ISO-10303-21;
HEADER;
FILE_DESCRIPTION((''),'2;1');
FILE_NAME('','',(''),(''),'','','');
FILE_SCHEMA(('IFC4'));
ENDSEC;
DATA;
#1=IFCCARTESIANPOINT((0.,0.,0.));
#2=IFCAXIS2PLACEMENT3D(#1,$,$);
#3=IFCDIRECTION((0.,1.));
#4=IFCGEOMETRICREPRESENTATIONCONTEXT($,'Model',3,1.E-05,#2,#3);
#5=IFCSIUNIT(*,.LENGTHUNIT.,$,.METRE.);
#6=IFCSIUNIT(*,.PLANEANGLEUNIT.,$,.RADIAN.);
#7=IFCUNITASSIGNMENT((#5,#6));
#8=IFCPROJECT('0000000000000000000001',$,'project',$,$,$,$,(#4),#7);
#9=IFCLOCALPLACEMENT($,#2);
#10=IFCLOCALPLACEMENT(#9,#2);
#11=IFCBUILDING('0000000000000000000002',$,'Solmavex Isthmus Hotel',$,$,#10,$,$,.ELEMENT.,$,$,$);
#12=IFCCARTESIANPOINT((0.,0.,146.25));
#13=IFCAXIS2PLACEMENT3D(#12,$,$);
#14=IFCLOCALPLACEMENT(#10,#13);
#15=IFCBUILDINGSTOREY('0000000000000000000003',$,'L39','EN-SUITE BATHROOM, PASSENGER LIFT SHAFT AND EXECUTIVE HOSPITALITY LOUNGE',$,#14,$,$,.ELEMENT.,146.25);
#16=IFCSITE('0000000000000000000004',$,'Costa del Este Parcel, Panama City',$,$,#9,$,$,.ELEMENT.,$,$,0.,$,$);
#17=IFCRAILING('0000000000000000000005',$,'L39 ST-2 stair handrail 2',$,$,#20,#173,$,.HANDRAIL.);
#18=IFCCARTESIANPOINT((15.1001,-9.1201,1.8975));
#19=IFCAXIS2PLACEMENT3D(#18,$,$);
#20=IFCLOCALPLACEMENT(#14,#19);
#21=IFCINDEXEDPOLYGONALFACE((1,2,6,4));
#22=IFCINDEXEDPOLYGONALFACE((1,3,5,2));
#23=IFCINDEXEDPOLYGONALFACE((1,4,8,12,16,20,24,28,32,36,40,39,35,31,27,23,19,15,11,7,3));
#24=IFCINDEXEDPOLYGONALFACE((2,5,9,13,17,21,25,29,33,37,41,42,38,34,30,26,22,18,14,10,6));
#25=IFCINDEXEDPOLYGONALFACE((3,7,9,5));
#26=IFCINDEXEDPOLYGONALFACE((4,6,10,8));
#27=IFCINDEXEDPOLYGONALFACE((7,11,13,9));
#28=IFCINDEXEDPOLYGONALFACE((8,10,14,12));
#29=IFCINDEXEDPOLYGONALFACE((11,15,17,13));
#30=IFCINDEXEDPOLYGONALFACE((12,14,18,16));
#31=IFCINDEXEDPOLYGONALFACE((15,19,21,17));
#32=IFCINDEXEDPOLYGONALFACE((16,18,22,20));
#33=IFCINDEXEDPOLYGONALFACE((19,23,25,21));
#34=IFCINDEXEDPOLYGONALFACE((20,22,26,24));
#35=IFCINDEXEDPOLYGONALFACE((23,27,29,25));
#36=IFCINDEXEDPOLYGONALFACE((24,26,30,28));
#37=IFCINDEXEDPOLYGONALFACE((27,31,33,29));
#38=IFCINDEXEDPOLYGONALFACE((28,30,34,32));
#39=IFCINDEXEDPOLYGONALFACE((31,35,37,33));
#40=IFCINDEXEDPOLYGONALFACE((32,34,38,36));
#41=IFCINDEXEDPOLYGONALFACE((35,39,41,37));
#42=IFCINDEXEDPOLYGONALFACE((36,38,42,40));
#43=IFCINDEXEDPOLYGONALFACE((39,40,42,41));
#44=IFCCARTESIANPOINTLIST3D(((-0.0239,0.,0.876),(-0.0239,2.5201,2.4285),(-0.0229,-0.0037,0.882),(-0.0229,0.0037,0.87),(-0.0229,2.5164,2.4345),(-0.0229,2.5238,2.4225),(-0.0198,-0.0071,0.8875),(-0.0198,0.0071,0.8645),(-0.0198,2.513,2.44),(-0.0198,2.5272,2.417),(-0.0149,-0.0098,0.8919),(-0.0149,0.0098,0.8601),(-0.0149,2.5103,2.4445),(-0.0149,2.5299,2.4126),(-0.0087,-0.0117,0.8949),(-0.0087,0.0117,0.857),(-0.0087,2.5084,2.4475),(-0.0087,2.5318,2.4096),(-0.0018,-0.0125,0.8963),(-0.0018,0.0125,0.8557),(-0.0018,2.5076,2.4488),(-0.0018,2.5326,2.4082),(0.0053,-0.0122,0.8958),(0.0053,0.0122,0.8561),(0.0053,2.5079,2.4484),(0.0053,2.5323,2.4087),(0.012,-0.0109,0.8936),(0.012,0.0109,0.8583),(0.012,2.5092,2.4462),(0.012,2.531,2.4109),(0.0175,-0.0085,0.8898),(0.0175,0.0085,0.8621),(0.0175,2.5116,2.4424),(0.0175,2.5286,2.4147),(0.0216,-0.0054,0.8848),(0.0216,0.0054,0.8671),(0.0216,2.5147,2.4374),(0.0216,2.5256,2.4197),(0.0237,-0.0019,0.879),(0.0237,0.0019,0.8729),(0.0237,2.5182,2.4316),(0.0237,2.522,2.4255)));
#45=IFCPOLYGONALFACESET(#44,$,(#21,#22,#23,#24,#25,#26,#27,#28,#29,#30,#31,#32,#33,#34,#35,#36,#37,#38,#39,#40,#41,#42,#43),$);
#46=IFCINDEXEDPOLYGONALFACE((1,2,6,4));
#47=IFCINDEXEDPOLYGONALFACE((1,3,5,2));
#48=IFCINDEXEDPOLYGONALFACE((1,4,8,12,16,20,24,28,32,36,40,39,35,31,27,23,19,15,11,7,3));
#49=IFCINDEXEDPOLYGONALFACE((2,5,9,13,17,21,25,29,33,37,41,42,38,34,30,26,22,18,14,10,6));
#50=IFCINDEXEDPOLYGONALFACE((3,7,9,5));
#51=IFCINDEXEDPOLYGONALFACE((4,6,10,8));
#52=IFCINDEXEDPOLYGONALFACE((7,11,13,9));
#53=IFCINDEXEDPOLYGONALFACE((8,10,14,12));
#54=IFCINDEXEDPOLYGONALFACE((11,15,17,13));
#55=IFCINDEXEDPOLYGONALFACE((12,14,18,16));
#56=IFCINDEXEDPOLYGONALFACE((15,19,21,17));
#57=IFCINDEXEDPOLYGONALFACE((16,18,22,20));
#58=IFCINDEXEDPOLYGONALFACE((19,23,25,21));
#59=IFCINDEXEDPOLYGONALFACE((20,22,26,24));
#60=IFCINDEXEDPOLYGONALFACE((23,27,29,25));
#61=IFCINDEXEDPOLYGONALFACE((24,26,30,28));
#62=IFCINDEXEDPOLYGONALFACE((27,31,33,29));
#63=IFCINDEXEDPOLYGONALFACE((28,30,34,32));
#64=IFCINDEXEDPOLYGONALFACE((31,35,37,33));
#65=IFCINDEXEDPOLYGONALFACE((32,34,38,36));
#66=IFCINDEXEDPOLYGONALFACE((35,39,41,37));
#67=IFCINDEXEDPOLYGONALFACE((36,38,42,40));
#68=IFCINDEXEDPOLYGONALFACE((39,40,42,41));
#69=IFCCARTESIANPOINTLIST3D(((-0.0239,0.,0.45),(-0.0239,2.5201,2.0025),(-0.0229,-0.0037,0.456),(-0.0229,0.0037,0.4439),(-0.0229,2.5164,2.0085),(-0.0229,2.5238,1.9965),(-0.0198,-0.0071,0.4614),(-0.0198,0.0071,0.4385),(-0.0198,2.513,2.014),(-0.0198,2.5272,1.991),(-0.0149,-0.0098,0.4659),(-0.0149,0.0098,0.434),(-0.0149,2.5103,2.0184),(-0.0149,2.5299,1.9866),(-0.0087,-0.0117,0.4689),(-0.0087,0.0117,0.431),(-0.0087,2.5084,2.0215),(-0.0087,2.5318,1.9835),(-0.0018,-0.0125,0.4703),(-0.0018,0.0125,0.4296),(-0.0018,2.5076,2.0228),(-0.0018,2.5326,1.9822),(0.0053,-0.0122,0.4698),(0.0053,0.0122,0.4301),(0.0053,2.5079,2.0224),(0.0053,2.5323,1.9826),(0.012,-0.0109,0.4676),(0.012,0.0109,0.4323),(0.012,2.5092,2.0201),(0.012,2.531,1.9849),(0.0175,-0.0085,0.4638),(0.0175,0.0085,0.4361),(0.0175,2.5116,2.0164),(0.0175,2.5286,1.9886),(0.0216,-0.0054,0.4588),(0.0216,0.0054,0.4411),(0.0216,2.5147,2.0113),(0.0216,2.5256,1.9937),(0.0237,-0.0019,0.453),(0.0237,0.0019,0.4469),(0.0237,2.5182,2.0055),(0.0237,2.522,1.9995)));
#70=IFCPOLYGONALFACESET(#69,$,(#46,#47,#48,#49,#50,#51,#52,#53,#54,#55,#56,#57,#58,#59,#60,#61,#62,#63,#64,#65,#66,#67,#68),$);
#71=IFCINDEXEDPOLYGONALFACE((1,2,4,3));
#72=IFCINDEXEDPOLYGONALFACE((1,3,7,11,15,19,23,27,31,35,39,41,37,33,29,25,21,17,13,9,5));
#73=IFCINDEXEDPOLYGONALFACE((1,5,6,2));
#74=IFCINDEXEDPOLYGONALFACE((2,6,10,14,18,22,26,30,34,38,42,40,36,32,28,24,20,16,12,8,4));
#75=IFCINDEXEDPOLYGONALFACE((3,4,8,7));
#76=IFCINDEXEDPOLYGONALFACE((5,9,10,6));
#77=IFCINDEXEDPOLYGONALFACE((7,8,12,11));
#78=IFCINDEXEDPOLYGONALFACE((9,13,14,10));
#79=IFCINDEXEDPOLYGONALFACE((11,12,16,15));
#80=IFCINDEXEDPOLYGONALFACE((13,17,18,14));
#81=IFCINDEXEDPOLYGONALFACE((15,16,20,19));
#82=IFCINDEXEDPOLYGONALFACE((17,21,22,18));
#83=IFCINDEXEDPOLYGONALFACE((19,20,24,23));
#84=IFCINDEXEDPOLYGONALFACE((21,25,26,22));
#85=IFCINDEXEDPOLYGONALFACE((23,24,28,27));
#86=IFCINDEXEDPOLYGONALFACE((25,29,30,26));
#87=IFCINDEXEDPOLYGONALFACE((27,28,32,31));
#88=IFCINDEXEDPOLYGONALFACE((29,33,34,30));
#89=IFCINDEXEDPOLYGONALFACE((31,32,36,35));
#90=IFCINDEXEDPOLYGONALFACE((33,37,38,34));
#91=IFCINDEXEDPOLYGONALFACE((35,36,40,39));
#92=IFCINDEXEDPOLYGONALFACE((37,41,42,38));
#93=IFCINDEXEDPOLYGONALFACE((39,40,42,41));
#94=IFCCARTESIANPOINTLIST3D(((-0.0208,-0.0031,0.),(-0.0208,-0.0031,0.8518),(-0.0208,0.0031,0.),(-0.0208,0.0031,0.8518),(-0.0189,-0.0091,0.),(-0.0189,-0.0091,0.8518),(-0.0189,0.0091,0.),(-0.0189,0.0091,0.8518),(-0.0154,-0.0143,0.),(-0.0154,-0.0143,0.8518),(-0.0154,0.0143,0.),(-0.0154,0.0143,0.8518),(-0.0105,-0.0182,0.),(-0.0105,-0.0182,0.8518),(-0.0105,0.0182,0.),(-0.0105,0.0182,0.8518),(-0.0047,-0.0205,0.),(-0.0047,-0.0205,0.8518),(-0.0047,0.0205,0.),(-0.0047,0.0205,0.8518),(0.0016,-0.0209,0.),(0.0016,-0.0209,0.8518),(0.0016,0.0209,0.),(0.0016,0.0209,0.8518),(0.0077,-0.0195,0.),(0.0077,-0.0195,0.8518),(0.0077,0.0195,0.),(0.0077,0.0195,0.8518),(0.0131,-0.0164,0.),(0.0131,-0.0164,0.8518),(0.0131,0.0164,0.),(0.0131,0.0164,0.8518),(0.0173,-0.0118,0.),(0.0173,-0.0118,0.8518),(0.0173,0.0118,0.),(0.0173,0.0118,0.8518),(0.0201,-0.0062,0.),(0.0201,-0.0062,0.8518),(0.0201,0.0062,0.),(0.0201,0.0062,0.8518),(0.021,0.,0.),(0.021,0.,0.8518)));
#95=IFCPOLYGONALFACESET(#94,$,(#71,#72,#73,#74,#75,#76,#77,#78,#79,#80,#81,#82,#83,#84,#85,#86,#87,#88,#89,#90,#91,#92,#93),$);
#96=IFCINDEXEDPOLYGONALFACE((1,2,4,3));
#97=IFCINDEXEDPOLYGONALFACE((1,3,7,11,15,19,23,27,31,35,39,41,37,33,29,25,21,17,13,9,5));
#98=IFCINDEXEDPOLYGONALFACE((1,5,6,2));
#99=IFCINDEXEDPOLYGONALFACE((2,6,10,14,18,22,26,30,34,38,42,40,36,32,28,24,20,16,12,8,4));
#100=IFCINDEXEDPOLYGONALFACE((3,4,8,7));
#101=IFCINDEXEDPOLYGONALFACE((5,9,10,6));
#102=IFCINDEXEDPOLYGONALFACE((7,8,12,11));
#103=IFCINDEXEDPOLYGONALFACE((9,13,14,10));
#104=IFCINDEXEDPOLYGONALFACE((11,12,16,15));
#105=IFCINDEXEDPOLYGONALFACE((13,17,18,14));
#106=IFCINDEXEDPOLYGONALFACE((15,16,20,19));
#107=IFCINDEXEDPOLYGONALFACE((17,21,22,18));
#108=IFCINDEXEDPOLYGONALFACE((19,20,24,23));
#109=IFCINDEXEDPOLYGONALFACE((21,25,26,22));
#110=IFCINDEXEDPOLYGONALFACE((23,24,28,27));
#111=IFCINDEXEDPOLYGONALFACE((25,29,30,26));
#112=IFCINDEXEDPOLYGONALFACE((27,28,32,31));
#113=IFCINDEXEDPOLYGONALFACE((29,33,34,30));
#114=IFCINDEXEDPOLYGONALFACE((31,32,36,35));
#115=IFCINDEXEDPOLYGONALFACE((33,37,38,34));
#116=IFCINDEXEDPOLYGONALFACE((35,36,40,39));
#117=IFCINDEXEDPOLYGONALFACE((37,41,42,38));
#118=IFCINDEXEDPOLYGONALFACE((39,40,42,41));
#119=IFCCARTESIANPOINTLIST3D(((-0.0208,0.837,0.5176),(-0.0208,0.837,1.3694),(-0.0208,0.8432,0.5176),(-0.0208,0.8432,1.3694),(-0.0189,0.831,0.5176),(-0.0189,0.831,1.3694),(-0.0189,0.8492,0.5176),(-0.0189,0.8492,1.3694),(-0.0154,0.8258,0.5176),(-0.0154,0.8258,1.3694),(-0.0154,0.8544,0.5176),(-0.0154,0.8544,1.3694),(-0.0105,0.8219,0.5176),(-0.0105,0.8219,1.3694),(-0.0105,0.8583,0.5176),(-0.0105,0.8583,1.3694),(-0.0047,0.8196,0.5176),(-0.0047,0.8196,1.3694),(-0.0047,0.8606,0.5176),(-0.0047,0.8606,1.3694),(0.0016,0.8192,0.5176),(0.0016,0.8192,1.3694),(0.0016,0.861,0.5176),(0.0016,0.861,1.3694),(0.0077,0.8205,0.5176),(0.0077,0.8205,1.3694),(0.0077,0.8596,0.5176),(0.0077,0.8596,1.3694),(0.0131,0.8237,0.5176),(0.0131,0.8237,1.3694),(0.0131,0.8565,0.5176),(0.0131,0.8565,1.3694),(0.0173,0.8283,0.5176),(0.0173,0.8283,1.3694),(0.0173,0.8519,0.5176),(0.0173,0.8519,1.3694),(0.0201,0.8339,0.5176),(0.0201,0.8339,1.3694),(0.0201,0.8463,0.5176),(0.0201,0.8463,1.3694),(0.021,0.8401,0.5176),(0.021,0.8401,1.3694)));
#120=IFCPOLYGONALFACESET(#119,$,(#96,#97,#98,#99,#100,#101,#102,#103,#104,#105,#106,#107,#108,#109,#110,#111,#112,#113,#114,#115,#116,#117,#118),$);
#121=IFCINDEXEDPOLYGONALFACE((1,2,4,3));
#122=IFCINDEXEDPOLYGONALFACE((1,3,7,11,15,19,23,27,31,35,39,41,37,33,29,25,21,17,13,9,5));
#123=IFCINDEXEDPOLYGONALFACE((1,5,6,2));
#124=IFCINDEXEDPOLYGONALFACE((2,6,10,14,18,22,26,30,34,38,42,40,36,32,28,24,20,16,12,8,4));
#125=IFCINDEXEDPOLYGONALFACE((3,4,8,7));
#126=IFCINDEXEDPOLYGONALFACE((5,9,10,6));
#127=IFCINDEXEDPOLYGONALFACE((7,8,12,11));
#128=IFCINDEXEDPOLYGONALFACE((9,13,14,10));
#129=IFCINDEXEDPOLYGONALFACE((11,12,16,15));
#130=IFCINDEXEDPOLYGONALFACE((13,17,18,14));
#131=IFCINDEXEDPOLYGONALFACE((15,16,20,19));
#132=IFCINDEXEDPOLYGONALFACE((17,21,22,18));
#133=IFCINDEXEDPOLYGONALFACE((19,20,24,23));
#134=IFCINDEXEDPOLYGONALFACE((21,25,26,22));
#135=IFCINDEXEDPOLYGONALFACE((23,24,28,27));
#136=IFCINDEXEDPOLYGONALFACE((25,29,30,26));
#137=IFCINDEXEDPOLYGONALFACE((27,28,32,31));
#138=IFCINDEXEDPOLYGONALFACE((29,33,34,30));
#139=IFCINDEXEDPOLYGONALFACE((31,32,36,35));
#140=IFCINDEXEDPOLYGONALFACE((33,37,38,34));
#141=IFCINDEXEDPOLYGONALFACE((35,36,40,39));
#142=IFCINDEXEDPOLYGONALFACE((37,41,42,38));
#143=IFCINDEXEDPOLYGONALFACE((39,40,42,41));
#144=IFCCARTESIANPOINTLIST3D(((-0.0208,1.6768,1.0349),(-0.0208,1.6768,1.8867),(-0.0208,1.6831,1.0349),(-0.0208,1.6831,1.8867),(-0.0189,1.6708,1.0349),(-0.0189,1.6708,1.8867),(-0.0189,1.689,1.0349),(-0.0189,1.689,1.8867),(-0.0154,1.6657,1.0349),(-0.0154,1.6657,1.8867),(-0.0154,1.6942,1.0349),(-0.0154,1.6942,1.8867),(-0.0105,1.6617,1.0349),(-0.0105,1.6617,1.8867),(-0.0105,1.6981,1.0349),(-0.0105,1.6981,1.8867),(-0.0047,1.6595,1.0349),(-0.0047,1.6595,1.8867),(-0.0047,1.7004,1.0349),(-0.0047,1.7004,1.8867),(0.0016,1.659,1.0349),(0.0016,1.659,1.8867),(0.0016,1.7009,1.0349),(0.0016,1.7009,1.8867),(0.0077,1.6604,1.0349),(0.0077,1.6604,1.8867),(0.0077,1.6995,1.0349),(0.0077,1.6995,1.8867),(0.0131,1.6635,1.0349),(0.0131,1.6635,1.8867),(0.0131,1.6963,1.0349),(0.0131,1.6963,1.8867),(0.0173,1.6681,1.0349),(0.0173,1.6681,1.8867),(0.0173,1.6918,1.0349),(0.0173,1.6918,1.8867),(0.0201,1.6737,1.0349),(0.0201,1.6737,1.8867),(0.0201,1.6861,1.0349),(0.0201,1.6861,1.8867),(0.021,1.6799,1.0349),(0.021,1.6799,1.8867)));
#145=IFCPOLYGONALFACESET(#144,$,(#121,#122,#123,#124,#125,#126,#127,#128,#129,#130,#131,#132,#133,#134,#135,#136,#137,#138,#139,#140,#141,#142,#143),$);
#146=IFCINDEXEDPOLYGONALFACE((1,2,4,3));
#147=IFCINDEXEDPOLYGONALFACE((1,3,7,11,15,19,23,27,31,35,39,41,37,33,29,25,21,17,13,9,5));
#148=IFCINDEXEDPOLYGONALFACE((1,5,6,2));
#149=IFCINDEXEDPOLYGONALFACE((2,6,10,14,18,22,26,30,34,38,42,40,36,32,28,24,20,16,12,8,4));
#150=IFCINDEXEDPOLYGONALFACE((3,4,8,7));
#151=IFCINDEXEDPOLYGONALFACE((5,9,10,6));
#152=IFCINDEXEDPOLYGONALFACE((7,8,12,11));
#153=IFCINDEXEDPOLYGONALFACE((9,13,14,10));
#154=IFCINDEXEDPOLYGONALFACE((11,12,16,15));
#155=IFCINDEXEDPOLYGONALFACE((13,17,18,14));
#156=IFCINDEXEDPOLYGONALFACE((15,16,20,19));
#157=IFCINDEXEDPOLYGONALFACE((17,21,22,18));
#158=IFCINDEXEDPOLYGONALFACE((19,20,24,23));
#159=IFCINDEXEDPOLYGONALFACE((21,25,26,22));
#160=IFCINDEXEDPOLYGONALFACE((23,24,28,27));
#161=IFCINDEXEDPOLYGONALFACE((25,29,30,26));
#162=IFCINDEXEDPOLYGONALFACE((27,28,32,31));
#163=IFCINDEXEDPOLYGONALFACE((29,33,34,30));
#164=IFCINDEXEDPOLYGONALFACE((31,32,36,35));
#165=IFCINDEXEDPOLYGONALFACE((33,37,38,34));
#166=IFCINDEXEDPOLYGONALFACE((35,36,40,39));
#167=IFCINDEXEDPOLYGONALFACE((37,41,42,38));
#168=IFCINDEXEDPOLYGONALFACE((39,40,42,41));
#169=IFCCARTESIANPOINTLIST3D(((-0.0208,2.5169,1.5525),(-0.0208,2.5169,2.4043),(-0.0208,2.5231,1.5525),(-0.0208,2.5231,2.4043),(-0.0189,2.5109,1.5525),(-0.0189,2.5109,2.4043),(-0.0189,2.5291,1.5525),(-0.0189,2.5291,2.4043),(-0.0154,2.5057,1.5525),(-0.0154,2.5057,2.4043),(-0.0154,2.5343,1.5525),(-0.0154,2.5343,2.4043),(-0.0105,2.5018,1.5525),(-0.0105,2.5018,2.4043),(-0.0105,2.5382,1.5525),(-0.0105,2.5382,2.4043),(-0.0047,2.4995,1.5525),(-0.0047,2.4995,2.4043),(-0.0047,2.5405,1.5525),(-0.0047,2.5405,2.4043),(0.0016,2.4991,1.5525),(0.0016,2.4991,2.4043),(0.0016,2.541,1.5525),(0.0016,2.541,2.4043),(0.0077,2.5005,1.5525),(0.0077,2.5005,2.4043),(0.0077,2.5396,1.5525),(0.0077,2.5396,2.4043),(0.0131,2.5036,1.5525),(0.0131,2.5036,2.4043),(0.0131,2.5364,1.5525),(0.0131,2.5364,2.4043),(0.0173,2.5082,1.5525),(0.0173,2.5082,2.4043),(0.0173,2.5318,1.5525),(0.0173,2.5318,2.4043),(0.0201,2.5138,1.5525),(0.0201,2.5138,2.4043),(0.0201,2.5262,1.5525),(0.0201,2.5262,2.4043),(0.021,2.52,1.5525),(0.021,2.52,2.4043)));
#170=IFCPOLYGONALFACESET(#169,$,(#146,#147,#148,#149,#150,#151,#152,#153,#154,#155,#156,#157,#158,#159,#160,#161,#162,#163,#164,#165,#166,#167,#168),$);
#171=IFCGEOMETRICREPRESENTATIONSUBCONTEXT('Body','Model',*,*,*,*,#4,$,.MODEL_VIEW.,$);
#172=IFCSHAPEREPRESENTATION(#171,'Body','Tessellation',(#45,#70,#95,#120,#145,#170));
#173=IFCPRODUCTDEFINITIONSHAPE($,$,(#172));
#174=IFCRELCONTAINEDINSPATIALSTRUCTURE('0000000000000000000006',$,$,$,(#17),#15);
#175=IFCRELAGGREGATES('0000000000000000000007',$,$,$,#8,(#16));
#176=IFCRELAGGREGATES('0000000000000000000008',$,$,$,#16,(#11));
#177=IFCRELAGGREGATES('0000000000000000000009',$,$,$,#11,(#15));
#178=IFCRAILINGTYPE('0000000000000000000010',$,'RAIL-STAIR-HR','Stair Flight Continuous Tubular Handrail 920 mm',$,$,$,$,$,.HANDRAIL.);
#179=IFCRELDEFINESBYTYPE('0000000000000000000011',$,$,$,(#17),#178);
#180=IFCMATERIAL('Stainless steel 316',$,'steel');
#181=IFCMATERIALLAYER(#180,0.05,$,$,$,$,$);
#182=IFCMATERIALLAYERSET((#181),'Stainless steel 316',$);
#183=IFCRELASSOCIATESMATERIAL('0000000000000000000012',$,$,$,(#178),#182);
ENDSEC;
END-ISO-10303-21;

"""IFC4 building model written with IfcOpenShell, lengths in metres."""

from ifc_helpers import new_model, si_unit, direction, frame, origin, origin_2d, place, context, subcontext, project, spatial, circle, extrude, material, layer, layer_set, type_object, element, save


model = new_model("IFC4")

# Units and contexts
model_context = context("Model", 3, precision=1e-05, world=origin(), true_north=direction((0.0, 1.0)))
body_context = subcontext(model_context, "Body", "Model", "MODEL_VIEW")
ifc_project = project(units=[si_unit("LENGTHUNIT", "METRE"), si_unit("PLANEANGLEUNIT", "RADIAN")], contexts=[model_context])

# Site, building, storey
site_placement = place(None, origin())
site = spatial("IfcSite", under=ifc_project, at=site_placement, Name="Costa del Este Parcel, Panama City", CompositionType="ELEMENT", RefElevation=0.0)
building_placement = place(site_placement, origin())
building = spatial("IfcBuilding", under=site, at=building_placement, Name="Solmavex Isthmus Hotel", CompositionType="ELEMENT")
storey_placement = place(building_placement, frame((0.0, 0.0, 146.25)))
storey = spatial("IfcBuildingStorey", under=building, at=storey_placement, Name="L39", Description="EN-SUITE BATHROOM, PASSENGER LIFT SHAFT AND EXECUTIVE HOSPITALITY LOUNGE", CompositionType="ELEMENT", Elevation=146.25)

# Railing
ifc_material_1 = material(Name="Stainless steel 316", Category="steel")
ifc_layer_1 = layer(ifc_material_1, 0.05)
ifc_layer_set_1 = layer_set([ifc_layer_1], Name="Stainless steel 316")
railing_type_1 = type_object("IfcRailingType", Name="RAIL-STAIR-HR", Description="Stair Flight Continuous Tubular Handrail 920 mm", PredefinedType="HANDRAIL", material=ifc_layer_set_1)
railing_1_placement = place(storey_placement, frame((15.1001, -9.1201, 1.8975)))
element("IfcRailing", 1, at=railing_1_placement, inside=storey, type_object=railing_type_1, Name="L39 ST-2 stair handrail 2", PredefinedType="HANDRAIL", context=body_context, shape_type="SweptSolid", body=[
    extrude(circle(Radius=0.0239, at=origin_2d()), frame((0.0, 0.0, 0.876), z_axis=(0.0, 0.8514, 0.524516), x_axis=(-1.0, 0.0, 0.0)), (0.0, 0.0, 1.0), 2.96),
    extrude(circle(Radius=0.0239, at=origin_2d()), frame((0.0, 0.0, 0.45), z_axis=(0.0, 0.8514, 0.524516), x_axis=(-1.0, 0.0, 0.0)), (0.0, 0.0, 1.0), 2.96),
    extrude(circle(Radius=0.021, at=origin_2d()), origin(), (0.0, 0.0, 1.0), 0.8518),
    extrude(circle(Radius=0.021, at=origin_2d()), frame((0.0, 0.8401, 0.5176)), (0.0, 0.0, 1.0), 0.8518),
    extrude(circle(Radius=0.021, at=origin_2d()), frame((0.0, 1.6799, 1.0349)), (0.0, 0.0, 1.0), 0.8518),
    extrude(circle(Radius=0.021, at=origin_2d()), frame((0.0, 2.52, 1.5525)), (0.0, 0.0, 1.0), 0.8518),
])

save(model, "model.ifc")
